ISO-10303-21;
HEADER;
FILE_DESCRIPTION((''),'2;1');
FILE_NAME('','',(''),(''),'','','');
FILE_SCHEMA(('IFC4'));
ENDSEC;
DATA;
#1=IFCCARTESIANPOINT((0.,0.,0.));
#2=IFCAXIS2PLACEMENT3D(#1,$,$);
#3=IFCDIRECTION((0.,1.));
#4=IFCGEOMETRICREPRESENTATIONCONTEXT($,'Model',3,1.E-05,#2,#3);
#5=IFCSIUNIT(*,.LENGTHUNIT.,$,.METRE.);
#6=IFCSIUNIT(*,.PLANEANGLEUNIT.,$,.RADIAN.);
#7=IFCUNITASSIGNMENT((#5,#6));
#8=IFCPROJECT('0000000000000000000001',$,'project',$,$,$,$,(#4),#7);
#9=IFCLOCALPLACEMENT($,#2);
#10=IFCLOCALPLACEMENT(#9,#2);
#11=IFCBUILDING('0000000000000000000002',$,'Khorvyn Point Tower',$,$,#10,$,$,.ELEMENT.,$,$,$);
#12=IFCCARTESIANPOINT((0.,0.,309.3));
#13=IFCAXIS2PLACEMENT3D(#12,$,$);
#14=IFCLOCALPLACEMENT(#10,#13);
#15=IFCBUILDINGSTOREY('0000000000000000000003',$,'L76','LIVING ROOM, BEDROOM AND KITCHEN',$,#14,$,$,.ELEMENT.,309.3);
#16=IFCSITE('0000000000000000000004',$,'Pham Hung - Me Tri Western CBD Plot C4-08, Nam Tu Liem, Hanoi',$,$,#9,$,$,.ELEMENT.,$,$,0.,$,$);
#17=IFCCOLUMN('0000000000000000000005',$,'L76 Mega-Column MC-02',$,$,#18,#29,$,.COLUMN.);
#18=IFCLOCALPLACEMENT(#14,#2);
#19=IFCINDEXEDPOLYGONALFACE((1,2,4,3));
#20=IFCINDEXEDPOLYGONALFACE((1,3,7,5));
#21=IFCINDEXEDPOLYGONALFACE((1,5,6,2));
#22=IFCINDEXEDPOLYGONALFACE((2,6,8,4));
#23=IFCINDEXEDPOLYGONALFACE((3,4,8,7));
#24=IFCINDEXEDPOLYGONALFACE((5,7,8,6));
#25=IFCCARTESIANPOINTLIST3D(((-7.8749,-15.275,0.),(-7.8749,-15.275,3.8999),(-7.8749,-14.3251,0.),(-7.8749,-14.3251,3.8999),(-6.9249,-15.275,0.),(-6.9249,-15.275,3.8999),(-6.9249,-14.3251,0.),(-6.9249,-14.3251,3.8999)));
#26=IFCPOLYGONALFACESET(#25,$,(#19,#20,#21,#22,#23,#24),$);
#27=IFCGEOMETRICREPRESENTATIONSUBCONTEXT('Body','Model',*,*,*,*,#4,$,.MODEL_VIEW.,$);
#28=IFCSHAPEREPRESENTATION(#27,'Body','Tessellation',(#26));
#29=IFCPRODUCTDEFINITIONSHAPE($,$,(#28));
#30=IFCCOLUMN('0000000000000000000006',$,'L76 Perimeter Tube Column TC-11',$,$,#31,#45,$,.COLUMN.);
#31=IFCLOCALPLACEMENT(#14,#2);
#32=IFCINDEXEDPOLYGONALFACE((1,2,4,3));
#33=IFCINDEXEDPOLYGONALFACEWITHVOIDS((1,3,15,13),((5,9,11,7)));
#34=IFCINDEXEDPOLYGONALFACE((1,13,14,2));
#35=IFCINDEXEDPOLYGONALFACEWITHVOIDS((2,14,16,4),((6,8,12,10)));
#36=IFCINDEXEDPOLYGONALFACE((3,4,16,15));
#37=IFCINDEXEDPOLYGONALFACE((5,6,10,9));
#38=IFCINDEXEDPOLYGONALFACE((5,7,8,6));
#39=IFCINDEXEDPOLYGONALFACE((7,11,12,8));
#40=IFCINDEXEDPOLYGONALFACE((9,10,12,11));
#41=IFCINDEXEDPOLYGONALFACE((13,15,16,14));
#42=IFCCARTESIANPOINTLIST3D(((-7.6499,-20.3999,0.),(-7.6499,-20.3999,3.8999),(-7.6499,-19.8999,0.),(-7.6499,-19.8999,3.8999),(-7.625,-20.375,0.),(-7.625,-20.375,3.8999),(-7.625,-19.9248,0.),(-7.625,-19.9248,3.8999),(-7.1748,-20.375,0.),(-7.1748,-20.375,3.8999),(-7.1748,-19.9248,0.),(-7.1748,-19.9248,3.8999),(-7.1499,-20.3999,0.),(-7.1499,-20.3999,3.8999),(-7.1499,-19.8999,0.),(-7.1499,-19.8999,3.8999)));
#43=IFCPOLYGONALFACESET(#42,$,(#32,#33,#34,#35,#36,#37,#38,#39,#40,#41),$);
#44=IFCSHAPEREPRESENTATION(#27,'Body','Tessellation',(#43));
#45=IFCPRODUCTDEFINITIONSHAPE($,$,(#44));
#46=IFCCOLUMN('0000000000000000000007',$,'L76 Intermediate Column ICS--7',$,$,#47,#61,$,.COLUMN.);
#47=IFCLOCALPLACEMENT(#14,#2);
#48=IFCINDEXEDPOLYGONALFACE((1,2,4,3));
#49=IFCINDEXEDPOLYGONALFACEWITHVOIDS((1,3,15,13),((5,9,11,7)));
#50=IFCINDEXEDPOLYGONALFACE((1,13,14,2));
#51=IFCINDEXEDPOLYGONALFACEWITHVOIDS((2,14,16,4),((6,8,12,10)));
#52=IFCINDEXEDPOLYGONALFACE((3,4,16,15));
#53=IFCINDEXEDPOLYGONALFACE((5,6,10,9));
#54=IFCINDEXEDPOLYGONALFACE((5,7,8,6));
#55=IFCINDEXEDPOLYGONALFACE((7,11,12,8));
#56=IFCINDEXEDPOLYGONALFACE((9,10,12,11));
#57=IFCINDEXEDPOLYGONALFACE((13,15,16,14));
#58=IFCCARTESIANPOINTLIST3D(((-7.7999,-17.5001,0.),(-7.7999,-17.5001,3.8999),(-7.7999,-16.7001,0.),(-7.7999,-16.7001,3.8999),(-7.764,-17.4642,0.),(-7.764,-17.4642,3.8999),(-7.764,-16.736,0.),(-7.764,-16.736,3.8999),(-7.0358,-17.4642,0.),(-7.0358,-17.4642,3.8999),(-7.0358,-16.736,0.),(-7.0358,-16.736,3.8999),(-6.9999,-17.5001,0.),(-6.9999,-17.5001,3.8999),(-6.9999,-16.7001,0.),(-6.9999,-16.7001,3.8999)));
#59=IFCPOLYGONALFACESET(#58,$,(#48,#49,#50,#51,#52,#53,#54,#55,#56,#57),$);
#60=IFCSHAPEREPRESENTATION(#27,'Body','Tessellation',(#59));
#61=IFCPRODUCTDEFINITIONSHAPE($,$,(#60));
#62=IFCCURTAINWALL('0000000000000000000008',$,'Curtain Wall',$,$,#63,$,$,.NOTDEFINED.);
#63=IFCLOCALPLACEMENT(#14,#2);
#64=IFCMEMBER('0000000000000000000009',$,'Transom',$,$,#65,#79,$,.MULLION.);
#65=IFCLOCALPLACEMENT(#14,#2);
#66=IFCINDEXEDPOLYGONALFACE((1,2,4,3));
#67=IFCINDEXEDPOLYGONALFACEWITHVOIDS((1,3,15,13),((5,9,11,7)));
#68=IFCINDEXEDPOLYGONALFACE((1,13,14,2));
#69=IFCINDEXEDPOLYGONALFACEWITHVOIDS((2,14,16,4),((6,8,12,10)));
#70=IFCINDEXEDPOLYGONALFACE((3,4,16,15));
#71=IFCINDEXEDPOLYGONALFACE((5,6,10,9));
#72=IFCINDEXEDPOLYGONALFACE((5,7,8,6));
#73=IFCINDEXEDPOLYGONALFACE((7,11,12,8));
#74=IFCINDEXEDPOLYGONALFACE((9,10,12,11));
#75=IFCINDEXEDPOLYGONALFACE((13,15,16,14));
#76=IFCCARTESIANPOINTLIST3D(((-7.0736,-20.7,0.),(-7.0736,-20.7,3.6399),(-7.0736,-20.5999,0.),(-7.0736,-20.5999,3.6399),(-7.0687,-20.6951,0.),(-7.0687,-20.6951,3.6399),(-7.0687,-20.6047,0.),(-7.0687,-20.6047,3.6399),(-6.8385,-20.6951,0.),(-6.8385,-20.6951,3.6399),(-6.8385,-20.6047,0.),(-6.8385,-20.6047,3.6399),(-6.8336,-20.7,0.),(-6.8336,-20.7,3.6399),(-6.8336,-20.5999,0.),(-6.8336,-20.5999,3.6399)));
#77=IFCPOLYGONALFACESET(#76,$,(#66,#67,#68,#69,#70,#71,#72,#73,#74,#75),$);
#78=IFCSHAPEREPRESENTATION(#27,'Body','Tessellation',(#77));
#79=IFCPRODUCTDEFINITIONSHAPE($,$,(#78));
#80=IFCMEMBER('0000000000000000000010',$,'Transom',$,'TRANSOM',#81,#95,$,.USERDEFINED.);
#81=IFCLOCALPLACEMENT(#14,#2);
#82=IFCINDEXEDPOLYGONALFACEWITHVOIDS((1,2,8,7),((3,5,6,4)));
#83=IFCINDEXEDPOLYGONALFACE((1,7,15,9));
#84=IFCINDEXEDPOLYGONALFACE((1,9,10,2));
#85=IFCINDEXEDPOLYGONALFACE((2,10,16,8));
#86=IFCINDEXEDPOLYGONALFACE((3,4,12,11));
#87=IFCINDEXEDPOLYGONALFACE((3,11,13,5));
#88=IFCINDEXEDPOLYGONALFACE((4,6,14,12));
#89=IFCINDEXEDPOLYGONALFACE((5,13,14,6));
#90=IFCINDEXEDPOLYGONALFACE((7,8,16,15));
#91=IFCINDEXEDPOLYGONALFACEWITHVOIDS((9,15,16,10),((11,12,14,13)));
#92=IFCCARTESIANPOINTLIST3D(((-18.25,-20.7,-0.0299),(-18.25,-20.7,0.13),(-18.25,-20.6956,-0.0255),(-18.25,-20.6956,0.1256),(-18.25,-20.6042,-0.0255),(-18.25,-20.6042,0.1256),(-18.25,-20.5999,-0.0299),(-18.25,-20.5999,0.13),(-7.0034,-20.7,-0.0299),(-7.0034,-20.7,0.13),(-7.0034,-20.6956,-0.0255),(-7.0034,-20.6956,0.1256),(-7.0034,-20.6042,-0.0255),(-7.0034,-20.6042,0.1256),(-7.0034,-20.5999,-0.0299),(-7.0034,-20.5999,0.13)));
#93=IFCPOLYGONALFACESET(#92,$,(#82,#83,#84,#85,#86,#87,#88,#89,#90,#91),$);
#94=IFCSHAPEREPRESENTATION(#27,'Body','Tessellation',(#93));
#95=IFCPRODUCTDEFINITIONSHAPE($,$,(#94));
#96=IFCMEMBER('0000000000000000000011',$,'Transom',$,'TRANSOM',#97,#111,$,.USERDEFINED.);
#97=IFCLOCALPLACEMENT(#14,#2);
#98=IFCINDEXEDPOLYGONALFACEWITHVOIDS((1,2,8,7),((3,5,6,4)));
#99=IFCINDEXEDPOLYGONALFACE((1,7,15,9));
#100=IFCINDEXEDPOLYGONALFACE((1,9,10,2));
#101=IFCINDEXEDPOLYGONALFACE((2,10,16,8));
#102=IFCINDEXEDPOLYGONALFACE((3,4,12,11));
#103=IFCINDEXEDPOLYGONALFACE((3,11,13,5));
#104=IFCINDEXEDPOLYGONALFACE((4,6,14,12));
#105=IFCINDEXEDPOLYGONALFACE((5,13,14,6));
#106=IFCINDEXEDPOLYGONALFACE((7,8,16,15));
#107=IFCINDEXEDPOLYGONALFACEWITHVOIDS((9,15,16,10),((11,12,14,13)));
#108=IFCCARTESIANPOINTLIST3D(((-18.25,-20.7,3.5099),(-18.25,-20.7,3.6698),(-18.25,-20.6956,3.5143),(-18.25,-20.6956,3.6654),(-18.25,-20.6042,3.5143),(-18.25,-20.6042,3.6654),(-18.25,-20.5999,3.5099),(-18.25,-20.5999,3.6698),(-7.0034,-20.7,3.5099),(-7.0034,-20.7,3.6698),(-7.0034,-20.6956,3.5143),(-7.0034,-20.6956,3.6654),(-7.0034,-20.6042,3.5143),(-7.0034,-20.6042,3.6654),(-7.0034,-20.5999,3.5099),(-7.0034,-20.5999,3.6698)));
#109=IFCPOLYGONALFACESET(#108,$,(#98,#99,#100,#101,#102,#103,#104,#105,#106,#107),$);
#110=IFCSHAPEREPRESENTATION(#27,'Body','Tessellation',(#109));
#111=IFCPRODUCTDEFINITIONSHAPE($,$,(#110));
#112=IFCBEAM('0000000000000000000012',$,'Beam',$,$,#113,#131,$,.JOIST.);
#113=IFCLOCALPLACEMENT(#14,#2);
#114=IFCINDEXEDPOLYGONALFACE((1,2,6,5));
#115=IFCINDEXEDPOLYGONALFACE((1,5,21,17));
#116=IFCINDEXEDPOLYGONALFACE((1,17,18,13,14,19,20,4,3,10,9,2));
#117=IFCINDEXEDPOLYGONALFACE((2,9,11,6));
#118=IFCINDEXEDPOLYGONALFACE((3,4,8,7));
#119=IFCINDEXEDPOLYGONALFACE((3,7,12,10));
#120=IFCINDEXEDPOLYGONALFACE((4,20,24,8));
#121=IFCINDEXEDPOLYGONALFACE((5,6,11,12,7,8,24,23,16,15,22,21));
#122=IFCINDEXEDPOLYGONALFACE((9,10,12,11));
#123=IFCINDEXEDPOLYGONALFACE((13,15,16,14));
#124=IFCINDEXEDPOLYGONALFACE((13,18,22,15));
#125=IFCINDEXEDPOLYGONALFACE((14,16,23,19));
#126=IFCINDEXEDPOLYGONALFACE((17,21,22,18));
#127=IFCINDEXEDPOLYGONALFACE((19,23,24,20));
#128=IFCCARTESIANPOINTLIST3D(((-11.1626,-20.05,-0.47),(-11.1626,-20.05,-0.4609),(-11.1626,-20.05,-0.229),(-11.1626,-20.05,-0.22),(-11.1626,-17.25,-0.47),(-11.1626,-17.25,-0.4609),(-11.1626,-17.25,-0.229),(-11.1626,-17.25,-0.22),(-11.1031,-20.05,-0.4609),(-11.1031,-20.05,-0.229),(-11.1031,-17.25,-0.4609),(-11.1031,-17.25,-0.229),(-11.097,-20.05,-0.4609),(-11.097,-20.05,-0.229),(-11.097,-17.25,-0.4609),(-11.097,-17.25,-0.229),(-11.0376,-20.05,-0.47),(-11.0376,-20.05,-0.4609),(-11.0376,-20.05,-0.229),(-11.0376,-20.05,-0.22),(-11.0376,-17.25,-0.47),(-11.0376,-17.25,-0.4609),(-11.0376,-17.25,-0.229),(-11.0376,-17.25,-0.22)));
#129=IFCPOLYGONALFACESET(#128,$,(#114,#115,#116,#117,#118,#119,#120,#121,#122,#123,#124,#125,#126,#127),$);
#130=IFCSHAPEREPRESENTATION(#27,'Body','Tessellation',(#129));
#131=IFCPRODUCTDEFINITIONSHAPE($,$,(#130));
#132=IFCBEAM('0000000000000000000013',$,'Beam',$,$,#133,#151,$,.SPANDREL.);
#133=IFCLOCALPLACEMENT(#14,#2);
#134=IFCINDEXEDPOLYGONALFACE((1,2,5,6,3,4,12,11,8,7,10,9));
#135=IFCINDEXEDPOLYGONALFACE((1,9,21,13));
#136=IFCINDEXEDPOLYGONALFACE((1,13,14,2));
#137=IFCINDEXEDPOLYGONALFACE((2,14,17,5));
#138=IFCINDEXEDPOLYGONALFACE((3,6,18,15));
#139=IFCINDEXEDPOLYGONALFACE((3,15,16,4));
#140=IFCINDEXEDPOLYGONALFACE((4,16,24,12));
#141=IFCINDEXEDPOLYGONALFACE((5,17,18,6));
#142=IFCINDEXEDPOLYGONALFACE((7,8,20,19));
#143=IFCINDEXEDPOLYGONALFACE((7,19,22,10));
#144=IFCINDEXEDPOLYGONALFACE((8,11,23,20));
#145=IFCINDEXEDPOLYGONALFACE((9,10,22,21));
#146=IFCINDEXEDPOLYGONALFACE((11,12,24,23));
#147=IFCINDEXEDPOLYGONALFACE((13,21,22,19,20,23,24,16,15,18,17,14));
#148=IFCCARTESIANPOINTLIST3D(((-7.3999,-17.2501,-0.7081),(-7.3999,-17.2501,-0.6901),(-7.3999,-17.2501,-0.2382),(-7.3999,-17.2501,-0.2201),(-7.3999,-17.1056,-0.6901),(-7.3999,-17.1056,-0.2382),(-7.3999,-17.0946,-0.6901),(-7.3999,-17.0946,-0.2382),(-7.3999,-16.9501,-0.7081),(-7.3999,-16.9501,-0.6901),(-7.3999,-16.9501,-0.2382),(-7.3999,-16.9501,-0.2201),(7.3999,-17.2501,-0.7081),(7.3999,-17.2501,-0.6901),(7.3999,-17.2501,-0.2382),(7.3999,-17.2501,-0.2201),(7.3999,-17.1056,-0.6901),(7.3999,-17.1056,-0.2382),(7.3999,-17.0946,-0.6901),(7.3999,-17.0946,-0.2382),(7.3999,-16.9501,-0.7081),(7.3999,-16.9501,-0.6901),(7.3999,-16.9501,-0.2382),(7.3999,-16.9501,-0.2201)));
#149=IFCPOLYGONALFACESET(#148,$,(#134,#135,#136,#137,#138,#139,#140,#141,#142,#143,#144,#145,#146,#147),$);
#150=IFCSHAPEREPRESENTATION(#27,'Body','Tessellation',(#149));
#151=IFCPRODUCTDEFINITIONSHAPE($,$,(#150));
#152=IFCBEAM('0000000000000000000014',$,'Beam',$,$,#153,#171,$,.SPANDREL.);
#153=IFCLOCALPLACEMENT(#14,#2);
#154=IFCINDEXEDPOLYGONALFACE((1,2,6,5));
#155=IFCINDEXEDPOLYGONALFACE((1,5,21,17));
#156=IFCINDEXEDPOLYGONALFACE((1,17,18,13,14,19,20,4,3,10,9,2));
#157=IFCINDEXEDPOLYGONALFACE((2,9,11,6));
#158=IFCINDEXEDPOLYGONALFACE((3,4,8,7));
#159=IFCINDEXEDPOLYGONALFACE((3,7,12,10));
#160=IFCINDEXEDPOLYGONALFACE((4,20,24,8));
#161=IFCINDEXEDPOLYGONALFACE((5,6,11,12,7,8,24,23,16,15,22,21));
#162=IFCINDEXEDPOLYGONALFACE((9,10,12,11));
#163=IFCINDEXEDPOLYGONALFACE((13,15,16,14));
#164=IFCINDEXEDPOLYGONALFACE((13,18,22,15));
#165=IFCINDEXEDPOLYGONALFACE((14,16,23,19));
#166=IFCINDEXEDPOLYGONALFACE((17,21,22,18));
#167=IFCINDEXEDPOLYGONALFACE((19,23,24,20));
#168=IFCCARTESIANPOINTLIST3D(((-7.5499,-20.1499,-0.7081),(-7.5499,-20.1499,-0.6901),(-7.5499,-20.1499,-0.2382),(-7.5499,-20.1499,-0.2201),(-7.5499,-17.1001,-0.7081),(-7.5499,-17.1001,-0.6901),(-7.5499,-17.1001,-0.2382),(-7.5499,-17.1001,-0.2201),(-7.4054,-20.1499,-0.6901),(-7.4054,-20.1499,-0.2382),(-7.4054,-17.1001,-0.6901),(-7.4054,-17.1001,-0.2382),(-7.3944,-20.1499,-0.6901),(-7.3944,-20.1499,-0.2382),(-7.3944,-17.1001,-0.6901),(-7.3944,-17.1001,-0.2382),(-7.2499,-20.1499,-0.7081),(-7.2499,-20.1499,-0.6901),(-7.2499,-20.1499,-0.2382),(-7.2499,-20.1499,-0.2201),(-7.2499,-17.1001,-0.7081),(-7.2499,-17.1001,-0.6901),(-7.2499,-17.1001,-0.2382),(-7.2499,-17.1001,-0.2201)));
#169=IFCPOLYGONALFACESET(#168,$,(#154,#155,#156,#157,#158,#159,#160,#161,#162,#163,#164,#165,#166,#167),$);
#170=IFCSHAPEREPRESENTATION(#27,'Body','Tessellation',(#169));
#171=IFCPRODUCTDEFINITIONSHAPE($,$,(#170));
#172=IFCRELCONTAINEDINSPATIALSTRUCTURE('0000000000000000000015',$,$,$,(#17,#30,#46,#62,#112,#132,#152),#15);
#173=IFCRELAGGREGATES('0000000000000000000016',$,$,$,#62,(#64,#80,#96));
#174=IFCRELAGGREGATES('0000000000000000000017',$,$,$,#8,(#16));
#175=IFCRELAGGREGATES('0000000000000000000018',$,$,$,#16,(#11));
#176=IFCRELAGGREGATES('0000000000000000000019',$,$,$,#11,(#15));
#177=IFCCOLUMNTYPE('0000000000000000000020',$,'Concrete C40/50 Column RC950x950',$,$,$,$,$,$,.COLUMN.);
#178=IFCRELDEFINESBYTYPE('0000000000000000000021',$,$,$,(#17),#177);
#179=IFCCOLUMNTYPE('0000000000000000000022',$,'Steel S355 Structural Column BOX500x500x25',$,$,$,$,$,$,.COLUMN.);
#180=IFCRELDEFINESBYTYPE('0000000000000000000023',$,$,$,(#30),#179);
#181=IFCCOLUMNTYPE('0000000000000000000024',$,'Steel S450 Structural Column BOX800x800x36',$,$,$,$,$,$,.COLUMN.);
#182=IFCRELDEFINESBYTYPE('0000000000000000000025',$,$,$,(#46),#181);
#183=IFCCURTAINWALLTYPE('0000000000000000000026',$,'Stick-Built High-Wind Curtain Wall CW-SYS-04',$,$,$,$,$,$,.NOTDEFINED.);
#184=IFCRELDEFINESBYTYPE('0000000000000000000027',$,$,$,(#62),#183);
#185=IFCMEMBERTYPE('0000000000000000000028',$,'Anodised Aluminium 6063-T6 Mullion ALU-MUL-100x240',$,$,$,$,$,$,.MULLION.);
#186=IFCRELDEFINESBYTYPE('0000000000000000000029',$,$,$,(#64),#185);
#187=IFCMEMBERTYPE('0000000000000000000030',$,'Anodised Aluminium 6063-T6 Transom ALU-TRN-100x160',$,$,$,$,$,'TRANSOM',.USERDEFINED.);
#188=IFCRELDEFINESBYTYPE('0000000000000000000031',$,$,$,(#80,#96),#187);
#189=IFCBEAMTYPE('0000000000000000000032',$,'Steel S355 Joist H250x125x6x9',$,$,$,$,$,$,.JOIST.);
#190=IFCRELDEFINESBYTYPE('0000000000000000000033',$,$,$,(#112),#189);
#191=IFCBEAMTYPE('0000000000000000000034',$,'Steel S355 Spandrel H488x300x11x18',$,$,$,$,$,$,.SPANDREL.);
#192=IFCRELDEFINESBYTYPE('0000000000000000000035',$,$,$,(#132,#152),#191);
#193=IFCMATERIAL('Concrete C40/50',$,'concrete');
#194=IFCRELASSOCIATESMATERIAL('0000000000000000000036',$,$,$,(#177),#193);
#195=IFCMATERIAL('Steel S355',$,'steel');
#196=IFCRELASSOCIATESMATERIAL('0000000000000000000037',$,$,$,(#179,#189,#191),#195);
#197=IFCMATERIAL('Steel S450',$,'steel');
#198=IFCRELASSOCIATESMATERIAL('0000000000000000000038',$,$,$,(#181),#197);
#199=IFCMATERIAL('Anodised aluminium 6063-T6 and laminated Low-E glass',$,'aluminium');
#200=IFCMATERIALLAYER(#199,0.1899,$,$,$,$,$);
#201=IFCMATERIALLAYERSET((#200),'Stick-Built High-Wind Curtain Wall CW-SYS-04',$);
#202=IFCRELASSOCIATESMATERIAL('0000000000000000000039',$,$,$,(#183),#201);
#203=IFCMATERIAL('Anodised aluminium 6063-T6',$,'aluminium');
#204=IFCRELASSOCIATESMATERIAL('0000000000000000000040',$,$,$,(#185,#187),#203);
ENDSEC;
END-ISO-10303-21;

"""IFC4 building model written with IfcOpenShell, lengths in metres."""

from ifc_helpers import new_model, si_unit, direction, frame, origin, origin_2d, place, context, subcontext, project, spatial, rectangle, hollow_rectangle, i_section, extrude, material, layer, layer_set, material_profile, profile_set, type_object, element, aggregate, save


model = new_model("IFC4")

# Units and contexts
model_context = context("Model", 3, precision=1e-05, world=origin(), true_north=direction((0.0, 1.0)))
body_context = subcontext(model_context, "Body", "Model", "MODEL_VIEW")
ifc_project = project(units=[si_unit("LENGTHUNIT", "METRE"), si_unit("PLANEANGLEUNIT", "RADIAN")], contexts=[model_context])

# Site, building, storey
site_placement = place(None, origin())
site = spatial("IfcSite", under=ifc_project, at=site_placement, Name="Pham Hung - Me Tri Western CBD Plot C4-08, Nam Tu Liem, Hanoi", CompositionType="ELEMENT", RefElevation=0.0)
building_placement = place(site_placement, origin())
building = spatial("IfcBuilding", under=site, at=building_placement, Name="Khorvyn Point Tower", CompositionType="ELEMENT")
storey_placement = place(building_placement, frame((0.0, 0.0, 309.3)))
storey = spatial("IfcBuildingStorey", under=building, at=storey_placement, Name="L76", Description="LIVING ROOM, BEDROOM AND KITCHEN", CompositionType="ELEMENT", Elevation=309.3)

# Columns
ifc_material_1 = material(Name="Concrete C40/50", Category="concrete")
ifc_material_profile_1 = material_profile(ifc_material_1, rectangle(XDim=0.95, YDim=0.95, at=origin_2d()))
ifc_profile_set_1 = profile_set([ifc_material_profile_1], Name="Concrete C40/50 RC950x950")
column_type_1 = type_object("IfcColumnType", Name="Concrete C40/50 Column RC950x950", PredefinedType="COLUMN", material=ifc_profile_set_1)
column_1_placement = place(storey_placement, frame((-7.3999, -14.8, 0.0), z_axis=(0.0, 0.0, 1.0), x_axis=(1.0, 0.0, 0.0)))
element("IfcColumn", 1, at=column_1_placement, inside=storey, type_object=column_type_1, Name="L76 Mega-Column MC-02", PredefinedType="COLUMN", context=body_context, shape_type="SweptSolid", body=[
    extrude(rectangle(XDim=0.95, YDim=0.95, at=origin_2d()), origin(), (0.0, 0.0, 1.0), 3.8999),
])
ifc_material_2 = material(Name="Steel S355", Category="steel")
ifc_material_profile_2 = material_profile(ifc_material_2, hollow_rectangle(XDim=0.5, YDim=0.5, WallThickness=0.0249, at=origin_2d()))
ifc_profile_set_2 = profile_set([ifc_material_profile_2], Name="Steel S355 BOX500x500x25")
column_type_2 = type_object("IfcColumnType", Name="Steel S355 Structural Column BOX500x500x25", PredefinedType="COLUMN", material=ifc_profile_set_2)
column_2_placement = place(storey_placement, frame((-7.3999, -20.1499, 0.0), z_axis=(0.0, 0.0, 1.0), x_axis=(1.0, 0.0, 0.0)))
element("IfcColumn", 2, at=column_2_placement, inside=storey, type_object=column_type_2, Name="L76 Perimeter Tube Column TC-11", PredefinedType="COLUMN", context=body_context, shape_type="SweptSolid", body=[
    extrude(hollow_rectangle(XDim=0.5, YDim=0.5, WallThickness=0.0249, at=origin_2d()), origin(), (0.0, 0.0, 1.0), 3.8999),
])
ifc_material_3 = material(Name="Steel S450", Category="steel")
ifc_material_profile_3 = material_profile(ifc_material_3, hollow_rectangle(XDim=0.8, YDim=0.8, WallThickness=0.0359, at=origin_2d()))
ifc_profile_set_3 = profile_set([ifc_material_profile_3], Name="Steel S450 BOX800x800x36")
column_type_3 = type_object("IfcColumnType", Name="Steel S450 Structural Column BOX800x800x36", PredefinedType="COLUMN", material=ifc_profile_set_3)
column_3_placement = place(storey_placement, frame((-7.3999, -17.1001, 0.0), z_axis=(0.0, 0.0, 1.0), x_axis=(1.0, 0.0, 0.0)))
element("IfcColumn", 3, at=column_3_placement, inside=storey, type_object=column_type_3, Name="L76 Intermediate Column ICS--7", PredefinedType="COLUMN", context=body_context, shape_type="SweptSolid", body=[
    extrude(hollow_rectangle(XDim=0.8, YDim=0.8, WallThickness=0.0359, at=origin_2d()), origin(), (0.0, 0.0, 1.0), 3.8999),
])

# Curtain wall, members
ifc_material_4 = material(Name="Anodised aluminium 6063-T6 and laminated Low-E glass", Category="aluminium")
ifc_layer_1 = layer(ifc_material_4, 0.1899)
ifc_layer_set_1 = layer_set([ifc_layer_1], Name="Stick-Built High-Wind Curtain Wall CW-SYS-04")
curtain_wall_type = type_object("IfcCurtainWallType", Name="Stick-Built High-Wind Curtain Wall CW-SYS-04", PredefinedType="NOTDEFINED", material=ifc_layer_set_1)
curtain_wall_placement = place(storey_placement, origin())
curtain_wall = element("IfcCurtainWall", 4, at=curtain_wall_placement, inside=storey, type_object=curtain_wall_type, Name="Curtain Wall", PredefinedType="NOTDEFINED")
ifc_material_5 = material(Name="Anodised aluminium 6063-T6", Category="aluminium")
ifc_material_profile_4 = material_profile(ifc_material_5, hollow_rectangle(XDim=0.1001, YDim=0.24, WallThickness=0.0049, at=origin_2d()))
ifc_profile_set_4 = profile_set([ifc_material_profile_4], Name="Anodised aluminium 6063-T6 ALU-MUL-100x240")
member_type_1 = type_object("IfcMemberType", Name="Anodised Aluminium 6063-T6 Mullion ALU-MUL-100x240", PredefinedType="MULLION", material=ifc_profile_set_4)
member_1_placement = place(storey_placement, frame((-6.9536, -20.6499, 0.0), z_axis=(0.0, 0.0, 1.0), x_axis=(0.0, -1.0, 0.0)))
member_1 = element("IfcMember", 5, at=member_1_placement, type_object=member_type_1, Name="Transom", PredefinedType="MULLION", context=body_context, shape_type="SweptSolid", body=[
    extrude(hollow_rectangle(XDim=0.1001, YDim=0.24, WallThickness=0.0049, at=origin_2d()), origin(), (0.0, 0.0, 1.0), 3.6399),
])
ifc_material_profile_5 = material_profile(ifc_material_5, hollow_rectangle(XDim=0.1001, YDim=0.1599, WallThickness=0.0044, at=origin_2d()))
ifc_profile_set_5 = profile_set([ifc_material_profile_5], Name="Anodised aluminium 6063-T6 ALU-TRN-100x160")
member_type_2 = type_object("IfcMemberType", Name="Anodised Aluminium 6063-T6 Transom ALU-TRN-100x160", ElementType="TRANSOM", PredefinedType="USERDEFINED", material=ifc_profile_set_5)
member_2_placement = place(storey_placement, frame((-7.0034, -20.6499, 0.05), z_axis=(-1.0, 0.0, 0.0), x_axis=(0.0, -1.0, 0.0)))
member_2 = element("IfcMember", 6, at=member_2_placement, type_object=member_type_2, Name="Transom", ObjectType="TRANSOM", PredefinedType="USERDEFINED", context=body_context, shape_type="SweptSolid", body=[
    extrude(hollow_rectangle(XDim=0.1001, YDim=0.1599, WallThickness=0.0044, at=origin_2d()), origin(), (0.0, 0.0, 1.0), 11.2466),
])
member_3_placement = place(storey_placement, frame((-7.0034, -20.6499, 3.5898), z_axis=(-1.0, 0.0, 0.0), x_axis=(0.0, -1.0, 0.0)))
member_3 = element("IfcMember", 7, at=member_3_placement, type_object=member_type_2, Name="Transom", ObjectType="TRANSOM", PredefinedType="USERDEFINED", context=body_context, shape_type="SweptSolid", body=[
    extrude(hollow_rectangle(XDim=0.1001, YDim=0.1599, WallThickness=0.0044, at=origin_2d()), origin(), (0.0, 0.0, 1.0), 11.2466),
])

# Beams
ifc_material_profile_6 = material_profile(ifc_material_2, i_section(OverallWidth=0.125, OverallDepth=0.25, WebThickness=0.0061, FlangeThickness=0.009, at=origin_2d()))
ifc_profile_set_6 = profile_set([ifc_material_profile_6], Name="Steel S355 H250x125x6x9")
beam_type_1 = type_object("IfcBeamType", Name="Steel S355 Joist H250x125x6x9", PredefinedType="JOIST", material=ifc_profile_set_6)
beam_1_placement = place(storey_placement, frame((-11.1001, -20.05, -0.345), z_axis=(0.0, 1.0, 0.0), x_axis=(-1.0, 0.0, 0.0)))
element("IfcBeam", 8, at=beam_1_placement, inside=storey, type_object=beam_type_1, Name="Beam", PredefinedType="JOIST", context=body_context, shape_type="SweptSolid", body=[
    extrude(i_section(OverallWidth=0.125, OverallDepth=0.25, WebThickness=0.0061, FlangeThickness=0.009, at=origin_2d()), origin(), (0.0, 0.0, 1.0), 2.8),
])
ifc_material_profile_7 = material_profile(ifc_material_2, i_section(OverallWidth=0.3, OverallDepth=0.488, WebThickness=0.011, FlangeThickness=0.0181, at=origin_2d()))
ifc_profile_set_7 = profile_set([ifc_material_profile_7], Name="Steel S355 H488x300x11x18")
beam_type_2 = type_object("IfcBeamType", Name="Steel S355 Spandrel H488x300x11x18", PredefinedType="SPANDREL", material=ifc_profile_set_7)
beam_2_placement = place(storey_placement, frame((-7.3999, -17.1001, -0.4641), z_axis=(1.0, 0.0, 0.0), x_axis=(0.0, 1.0, 0.0)))
element("IfcBeam", 9, at=beam_2_placement, inside=storey, type_object=beam_type_2, Name="Beam", PredefinedType="SPANDREL", context=body_context, shape_type="SweptSolid", body=[
    extrude(i_section(OverallWidth=0.3, OverallDepth=0.488, WebThickness=0.011, FlangeThickness=0.0181, at=origin_2d()), origin(), (0.0, 0.0, 1.0), 14.7998),
])
beam_3_placement = place(storey_placement, frame((-7.3999, -20.1499, -0.4641), z_axis=(0.0, 1.0, 0.0), x_axis=(-1.0, 0.0, 0.0)))
element("IfcBeam", 10, at=beam_3_placement, inside=storey, type_object=beam_type_2, Name="Beam", PredefinedType="SPANDREL", context=body_context, shape_type="SweptSolid", body=[
    extrude(i_section(OverallWidth=0.3, OverallDepth=0.488, WebThickness=0.011, FlangeThickness=0.0181, at=origin_2d()), origin(), (0.0, 0.0, 1.0), 3.0498),
])

aggregate(curtain_wall, [member_1, member_2, member_3])

save(model, "model.ifc")
